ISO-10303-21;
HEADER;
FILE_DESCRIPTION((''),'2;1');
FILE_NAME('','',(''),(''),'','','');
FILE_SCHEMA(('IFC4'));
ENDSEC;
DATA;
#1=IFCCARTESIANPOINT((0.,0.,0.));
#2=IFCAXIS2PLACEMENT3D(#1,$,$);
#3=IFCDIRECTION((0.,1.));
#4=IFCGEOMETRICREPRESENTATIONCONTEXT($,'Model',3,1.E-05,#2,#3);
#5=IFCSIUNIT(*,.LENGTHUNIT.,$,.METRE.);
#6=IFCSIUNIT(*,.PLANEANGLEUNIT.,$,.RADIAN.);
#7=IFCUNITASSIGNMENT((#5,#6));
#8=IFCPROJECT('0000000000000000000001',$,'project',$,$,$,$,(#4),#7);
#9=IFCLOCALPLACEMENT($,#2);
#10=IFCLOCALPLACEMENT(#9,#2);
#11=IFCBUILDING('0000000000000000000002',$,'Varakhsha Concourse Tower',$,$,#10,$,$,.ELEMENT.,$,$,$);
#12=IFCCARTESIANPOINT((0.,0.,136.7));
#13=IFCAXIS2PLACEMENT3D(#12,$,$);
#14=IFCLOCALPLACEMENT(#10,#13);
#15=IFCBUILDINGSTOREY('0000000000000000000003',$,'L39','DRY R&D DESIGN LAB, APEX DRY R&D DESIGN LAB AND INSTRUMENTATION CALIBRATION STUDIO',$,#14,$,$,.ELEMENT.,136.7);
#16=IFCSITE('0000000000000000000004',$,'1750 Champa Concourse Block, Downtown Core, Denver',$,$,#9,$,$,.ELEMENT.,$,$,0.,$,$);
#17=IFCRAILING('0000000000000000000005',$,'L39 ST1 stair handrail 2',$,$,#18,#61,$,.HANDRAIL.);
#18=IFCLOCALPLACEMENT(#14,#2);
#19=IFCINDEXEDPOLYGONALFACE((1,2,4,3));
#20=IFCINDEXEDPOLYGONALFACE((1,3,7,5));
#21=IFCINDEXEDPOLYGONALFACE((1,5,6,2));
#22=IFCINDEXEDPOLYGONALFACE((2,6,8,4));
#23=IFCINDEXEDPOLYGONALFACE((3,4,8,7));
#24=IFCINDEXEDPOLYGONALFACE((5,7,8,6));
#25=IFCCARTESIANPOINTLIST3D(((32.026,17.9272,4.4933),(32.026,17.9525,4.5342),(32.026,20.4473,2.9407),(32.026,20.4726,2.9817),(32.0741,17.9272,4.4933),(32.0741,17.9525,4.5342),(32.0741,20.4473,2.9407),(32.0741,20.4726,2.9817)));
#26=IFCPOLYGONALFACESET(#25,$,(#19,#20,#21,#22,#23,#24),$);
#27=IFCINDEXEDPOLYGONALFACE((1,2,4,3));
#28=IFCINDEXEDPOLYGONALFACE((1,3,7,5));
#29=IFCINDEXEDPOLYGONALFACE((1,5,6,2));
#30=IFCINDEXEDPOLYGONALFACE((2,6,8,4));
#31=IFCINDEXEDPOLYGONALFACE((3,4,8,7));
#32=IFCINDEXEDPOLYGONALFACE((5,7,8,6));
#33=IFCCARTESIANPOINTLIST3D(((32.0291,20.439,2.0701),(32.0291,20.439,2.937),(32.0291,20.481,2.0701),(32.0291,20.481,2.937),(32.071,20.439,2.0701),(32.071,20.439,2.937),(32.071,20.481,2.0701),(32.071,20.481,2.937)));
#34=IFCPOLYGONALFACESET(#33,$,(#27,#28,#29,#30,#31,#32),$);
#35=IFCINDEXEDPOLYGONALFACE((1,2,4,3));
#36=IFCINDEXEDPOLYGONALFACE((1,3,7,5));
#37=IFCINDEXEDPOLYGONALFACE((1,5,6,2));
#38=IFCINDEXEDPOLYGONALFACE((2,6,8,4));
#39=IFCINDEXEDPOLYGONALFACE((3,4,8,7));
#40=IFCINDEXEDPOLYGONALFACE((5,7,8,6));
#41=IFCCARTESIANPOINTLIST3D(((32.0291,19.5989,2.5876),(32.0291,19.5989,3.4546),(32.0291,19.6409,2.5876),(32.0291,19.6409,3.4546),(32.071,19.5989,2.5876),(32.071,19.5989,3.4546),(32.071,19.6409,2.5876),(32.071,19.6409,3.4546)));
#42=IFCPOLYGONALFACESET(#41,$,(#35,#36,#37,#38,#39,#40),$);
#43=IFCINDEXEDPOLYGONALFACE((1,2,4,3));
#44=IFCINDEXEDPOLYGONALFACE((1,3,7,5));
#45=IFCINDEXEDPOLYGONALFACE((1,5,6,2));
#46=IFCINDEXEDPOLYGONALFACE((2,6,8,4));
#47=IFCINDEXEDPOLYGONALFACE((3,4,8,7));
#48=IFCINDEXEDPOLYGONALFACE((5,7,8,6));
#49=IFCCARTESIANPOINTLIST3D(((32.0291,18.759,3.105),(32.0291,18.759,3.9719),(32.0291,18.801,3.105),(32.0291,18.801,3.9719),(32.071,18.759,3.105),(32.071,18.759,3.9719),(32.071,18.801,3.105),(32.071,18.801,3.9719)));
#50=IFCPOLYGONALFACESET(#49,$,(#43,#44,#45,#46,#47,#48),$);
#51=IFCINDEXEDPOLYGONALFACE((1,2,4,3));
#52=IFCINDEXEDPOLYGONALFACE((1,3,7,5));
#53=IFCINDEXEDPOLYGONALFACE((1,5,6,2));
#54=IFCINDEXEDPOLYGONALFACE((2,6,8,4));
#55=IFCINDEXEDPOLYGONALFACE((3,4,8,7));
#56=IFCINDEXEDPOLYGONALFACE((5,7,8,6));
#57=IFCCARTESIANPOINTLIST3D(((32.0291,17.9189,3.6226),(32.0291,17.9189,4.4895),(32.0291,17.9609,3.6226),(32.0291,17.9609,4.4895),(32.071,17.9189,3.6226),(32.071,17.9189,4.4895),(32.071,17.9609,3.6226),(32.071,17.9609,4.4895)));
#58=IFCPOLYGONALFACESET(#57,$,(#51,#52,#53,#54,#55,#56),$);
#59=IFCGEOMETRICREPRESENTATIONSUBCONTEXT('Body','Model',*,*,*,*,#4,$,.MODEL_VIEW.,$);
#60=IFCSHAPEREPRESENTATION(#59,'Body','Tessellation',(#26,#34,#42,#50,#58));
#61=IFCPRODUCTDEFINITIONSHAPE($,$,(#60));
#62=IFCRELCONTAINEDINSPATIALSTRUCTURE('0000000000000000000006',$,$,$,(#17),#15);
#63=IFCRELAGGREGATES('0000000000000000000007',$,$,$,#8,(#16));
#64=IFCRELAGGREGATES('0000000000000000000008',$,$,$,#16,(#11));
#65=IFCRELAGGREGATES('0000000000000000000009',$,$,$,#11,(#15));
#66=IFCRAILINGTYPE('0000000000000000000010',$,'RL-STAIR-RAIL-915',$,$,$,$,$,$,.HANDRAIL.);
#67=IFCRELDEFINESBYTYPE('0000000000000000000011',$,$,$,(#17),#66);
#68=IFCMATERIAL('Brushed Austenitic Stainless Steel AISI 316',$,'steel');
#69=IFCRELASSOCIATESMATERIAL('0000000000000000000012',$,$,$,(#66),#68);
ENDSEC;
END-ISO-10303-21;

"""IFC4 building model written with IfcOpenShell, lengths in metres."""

from ifc_helpers import new_model, si_unit, direction, frame, origin, origin_2d, place, context, subcontext, project, spatial, rectangle, extrude, material, type_object, element, save


model = new_model("IFC4")

# Units and contexts
model_context = context("Model", 3, precision=1e-05, world=origin(), true_north=direction((0.0, 1.0)))
body_context = subcontext(model_context, "Body", "Model", "MODEL_VIEW")
ifc_project = project(units=[si_unit("LENGTHUNIT", "METRE"), si_unit("PLANEANGLEUNIT", "RADIAN")], contexts=[model_context])

# Site, building, storey
site_placement = place(None, origin())
site = spatial("IfcSite", under=ifc_project, at=site_placement, Name="1750 Champa Concourse Block, Downtown Core, Denver", CompositionType="ELEMENT", RefElevation=0.0)
building_placement = place(site_placement, origin())
building = spatial("IfcBuilding", under=site, at=building_placement, Name="Varakhsha Concourse Tower", CompositionType="ELEMENT")
storey_placement = place(building_placement, frame((0.0, 0.0, 136.7)))
storey = spatial("IfcBuildingStorey", under=building, at=storey_placement, Name="L39", Description="DRY R&D DESIGN LAB, APEX DRY R&D DESIGN LAB AND INSTRUMENTATION CALIBRATION STUDIO", CompositionType="ELEMENT", Elevation=136.7)

# Railing
ifc_material_1 = material(Name="Brushed Austenitic Stainless Steel AISI 316", Category="steel")
railing_type_1 = type_object("IfcRailingType", Name="RL-STAIR-RAIL-915", PredefinedType="HANDRAIL", material=ifc_material_1)
railing_1_placement = place(storey_placement, frame((32.05, 20.46, 2.0701)))
element("IfcRailing", 1, at=railing_1_placement, inside=storey, type_object=railing_type_1, Name="L39 ST1 stair handrail 2", PredefinedType="HANDRAIL", context=body_context, shape_type="SweptSolid", body=[
    extrude(rectangle(XDim=0.0481, YDim=0.0481, at=origin_2d()), frame((0.0, 0.0, 0.8911), z_axis=(0.0, -0.8514, 0.524516), x_axis=(1.0, 0.0, 0.0)), (0.0, 0.0, 1.0), 2.96),
    extrude(rectangle(XDim=0.042, YDim=0.042, at=origin_2d()), origin(), (0.0, 0.0, 1.0), 0.8669),
    extrude(rectangle(XDim=0.042, YDim=0.042, at=origin_2d()), frame((0.0, -0.8401, 0.5176)), (0.0, 0.0, 1.0), 0.8669),
    extrude(rectangle(XDim=0.042, YDim=0.042, at=origin_2d()), frame((0.0, -1.6799, 1.0349)), (0.0, 0.0, 1.0), 0.8669),
    extrude(rectangle(XDim=0.042, YDim=0.042, at=origin_2d()), frame((0.0, -2.52, 1.5525)), (0.0, 0.0, 1.0), 0.8669),
])

save(model, "model.ifc")
